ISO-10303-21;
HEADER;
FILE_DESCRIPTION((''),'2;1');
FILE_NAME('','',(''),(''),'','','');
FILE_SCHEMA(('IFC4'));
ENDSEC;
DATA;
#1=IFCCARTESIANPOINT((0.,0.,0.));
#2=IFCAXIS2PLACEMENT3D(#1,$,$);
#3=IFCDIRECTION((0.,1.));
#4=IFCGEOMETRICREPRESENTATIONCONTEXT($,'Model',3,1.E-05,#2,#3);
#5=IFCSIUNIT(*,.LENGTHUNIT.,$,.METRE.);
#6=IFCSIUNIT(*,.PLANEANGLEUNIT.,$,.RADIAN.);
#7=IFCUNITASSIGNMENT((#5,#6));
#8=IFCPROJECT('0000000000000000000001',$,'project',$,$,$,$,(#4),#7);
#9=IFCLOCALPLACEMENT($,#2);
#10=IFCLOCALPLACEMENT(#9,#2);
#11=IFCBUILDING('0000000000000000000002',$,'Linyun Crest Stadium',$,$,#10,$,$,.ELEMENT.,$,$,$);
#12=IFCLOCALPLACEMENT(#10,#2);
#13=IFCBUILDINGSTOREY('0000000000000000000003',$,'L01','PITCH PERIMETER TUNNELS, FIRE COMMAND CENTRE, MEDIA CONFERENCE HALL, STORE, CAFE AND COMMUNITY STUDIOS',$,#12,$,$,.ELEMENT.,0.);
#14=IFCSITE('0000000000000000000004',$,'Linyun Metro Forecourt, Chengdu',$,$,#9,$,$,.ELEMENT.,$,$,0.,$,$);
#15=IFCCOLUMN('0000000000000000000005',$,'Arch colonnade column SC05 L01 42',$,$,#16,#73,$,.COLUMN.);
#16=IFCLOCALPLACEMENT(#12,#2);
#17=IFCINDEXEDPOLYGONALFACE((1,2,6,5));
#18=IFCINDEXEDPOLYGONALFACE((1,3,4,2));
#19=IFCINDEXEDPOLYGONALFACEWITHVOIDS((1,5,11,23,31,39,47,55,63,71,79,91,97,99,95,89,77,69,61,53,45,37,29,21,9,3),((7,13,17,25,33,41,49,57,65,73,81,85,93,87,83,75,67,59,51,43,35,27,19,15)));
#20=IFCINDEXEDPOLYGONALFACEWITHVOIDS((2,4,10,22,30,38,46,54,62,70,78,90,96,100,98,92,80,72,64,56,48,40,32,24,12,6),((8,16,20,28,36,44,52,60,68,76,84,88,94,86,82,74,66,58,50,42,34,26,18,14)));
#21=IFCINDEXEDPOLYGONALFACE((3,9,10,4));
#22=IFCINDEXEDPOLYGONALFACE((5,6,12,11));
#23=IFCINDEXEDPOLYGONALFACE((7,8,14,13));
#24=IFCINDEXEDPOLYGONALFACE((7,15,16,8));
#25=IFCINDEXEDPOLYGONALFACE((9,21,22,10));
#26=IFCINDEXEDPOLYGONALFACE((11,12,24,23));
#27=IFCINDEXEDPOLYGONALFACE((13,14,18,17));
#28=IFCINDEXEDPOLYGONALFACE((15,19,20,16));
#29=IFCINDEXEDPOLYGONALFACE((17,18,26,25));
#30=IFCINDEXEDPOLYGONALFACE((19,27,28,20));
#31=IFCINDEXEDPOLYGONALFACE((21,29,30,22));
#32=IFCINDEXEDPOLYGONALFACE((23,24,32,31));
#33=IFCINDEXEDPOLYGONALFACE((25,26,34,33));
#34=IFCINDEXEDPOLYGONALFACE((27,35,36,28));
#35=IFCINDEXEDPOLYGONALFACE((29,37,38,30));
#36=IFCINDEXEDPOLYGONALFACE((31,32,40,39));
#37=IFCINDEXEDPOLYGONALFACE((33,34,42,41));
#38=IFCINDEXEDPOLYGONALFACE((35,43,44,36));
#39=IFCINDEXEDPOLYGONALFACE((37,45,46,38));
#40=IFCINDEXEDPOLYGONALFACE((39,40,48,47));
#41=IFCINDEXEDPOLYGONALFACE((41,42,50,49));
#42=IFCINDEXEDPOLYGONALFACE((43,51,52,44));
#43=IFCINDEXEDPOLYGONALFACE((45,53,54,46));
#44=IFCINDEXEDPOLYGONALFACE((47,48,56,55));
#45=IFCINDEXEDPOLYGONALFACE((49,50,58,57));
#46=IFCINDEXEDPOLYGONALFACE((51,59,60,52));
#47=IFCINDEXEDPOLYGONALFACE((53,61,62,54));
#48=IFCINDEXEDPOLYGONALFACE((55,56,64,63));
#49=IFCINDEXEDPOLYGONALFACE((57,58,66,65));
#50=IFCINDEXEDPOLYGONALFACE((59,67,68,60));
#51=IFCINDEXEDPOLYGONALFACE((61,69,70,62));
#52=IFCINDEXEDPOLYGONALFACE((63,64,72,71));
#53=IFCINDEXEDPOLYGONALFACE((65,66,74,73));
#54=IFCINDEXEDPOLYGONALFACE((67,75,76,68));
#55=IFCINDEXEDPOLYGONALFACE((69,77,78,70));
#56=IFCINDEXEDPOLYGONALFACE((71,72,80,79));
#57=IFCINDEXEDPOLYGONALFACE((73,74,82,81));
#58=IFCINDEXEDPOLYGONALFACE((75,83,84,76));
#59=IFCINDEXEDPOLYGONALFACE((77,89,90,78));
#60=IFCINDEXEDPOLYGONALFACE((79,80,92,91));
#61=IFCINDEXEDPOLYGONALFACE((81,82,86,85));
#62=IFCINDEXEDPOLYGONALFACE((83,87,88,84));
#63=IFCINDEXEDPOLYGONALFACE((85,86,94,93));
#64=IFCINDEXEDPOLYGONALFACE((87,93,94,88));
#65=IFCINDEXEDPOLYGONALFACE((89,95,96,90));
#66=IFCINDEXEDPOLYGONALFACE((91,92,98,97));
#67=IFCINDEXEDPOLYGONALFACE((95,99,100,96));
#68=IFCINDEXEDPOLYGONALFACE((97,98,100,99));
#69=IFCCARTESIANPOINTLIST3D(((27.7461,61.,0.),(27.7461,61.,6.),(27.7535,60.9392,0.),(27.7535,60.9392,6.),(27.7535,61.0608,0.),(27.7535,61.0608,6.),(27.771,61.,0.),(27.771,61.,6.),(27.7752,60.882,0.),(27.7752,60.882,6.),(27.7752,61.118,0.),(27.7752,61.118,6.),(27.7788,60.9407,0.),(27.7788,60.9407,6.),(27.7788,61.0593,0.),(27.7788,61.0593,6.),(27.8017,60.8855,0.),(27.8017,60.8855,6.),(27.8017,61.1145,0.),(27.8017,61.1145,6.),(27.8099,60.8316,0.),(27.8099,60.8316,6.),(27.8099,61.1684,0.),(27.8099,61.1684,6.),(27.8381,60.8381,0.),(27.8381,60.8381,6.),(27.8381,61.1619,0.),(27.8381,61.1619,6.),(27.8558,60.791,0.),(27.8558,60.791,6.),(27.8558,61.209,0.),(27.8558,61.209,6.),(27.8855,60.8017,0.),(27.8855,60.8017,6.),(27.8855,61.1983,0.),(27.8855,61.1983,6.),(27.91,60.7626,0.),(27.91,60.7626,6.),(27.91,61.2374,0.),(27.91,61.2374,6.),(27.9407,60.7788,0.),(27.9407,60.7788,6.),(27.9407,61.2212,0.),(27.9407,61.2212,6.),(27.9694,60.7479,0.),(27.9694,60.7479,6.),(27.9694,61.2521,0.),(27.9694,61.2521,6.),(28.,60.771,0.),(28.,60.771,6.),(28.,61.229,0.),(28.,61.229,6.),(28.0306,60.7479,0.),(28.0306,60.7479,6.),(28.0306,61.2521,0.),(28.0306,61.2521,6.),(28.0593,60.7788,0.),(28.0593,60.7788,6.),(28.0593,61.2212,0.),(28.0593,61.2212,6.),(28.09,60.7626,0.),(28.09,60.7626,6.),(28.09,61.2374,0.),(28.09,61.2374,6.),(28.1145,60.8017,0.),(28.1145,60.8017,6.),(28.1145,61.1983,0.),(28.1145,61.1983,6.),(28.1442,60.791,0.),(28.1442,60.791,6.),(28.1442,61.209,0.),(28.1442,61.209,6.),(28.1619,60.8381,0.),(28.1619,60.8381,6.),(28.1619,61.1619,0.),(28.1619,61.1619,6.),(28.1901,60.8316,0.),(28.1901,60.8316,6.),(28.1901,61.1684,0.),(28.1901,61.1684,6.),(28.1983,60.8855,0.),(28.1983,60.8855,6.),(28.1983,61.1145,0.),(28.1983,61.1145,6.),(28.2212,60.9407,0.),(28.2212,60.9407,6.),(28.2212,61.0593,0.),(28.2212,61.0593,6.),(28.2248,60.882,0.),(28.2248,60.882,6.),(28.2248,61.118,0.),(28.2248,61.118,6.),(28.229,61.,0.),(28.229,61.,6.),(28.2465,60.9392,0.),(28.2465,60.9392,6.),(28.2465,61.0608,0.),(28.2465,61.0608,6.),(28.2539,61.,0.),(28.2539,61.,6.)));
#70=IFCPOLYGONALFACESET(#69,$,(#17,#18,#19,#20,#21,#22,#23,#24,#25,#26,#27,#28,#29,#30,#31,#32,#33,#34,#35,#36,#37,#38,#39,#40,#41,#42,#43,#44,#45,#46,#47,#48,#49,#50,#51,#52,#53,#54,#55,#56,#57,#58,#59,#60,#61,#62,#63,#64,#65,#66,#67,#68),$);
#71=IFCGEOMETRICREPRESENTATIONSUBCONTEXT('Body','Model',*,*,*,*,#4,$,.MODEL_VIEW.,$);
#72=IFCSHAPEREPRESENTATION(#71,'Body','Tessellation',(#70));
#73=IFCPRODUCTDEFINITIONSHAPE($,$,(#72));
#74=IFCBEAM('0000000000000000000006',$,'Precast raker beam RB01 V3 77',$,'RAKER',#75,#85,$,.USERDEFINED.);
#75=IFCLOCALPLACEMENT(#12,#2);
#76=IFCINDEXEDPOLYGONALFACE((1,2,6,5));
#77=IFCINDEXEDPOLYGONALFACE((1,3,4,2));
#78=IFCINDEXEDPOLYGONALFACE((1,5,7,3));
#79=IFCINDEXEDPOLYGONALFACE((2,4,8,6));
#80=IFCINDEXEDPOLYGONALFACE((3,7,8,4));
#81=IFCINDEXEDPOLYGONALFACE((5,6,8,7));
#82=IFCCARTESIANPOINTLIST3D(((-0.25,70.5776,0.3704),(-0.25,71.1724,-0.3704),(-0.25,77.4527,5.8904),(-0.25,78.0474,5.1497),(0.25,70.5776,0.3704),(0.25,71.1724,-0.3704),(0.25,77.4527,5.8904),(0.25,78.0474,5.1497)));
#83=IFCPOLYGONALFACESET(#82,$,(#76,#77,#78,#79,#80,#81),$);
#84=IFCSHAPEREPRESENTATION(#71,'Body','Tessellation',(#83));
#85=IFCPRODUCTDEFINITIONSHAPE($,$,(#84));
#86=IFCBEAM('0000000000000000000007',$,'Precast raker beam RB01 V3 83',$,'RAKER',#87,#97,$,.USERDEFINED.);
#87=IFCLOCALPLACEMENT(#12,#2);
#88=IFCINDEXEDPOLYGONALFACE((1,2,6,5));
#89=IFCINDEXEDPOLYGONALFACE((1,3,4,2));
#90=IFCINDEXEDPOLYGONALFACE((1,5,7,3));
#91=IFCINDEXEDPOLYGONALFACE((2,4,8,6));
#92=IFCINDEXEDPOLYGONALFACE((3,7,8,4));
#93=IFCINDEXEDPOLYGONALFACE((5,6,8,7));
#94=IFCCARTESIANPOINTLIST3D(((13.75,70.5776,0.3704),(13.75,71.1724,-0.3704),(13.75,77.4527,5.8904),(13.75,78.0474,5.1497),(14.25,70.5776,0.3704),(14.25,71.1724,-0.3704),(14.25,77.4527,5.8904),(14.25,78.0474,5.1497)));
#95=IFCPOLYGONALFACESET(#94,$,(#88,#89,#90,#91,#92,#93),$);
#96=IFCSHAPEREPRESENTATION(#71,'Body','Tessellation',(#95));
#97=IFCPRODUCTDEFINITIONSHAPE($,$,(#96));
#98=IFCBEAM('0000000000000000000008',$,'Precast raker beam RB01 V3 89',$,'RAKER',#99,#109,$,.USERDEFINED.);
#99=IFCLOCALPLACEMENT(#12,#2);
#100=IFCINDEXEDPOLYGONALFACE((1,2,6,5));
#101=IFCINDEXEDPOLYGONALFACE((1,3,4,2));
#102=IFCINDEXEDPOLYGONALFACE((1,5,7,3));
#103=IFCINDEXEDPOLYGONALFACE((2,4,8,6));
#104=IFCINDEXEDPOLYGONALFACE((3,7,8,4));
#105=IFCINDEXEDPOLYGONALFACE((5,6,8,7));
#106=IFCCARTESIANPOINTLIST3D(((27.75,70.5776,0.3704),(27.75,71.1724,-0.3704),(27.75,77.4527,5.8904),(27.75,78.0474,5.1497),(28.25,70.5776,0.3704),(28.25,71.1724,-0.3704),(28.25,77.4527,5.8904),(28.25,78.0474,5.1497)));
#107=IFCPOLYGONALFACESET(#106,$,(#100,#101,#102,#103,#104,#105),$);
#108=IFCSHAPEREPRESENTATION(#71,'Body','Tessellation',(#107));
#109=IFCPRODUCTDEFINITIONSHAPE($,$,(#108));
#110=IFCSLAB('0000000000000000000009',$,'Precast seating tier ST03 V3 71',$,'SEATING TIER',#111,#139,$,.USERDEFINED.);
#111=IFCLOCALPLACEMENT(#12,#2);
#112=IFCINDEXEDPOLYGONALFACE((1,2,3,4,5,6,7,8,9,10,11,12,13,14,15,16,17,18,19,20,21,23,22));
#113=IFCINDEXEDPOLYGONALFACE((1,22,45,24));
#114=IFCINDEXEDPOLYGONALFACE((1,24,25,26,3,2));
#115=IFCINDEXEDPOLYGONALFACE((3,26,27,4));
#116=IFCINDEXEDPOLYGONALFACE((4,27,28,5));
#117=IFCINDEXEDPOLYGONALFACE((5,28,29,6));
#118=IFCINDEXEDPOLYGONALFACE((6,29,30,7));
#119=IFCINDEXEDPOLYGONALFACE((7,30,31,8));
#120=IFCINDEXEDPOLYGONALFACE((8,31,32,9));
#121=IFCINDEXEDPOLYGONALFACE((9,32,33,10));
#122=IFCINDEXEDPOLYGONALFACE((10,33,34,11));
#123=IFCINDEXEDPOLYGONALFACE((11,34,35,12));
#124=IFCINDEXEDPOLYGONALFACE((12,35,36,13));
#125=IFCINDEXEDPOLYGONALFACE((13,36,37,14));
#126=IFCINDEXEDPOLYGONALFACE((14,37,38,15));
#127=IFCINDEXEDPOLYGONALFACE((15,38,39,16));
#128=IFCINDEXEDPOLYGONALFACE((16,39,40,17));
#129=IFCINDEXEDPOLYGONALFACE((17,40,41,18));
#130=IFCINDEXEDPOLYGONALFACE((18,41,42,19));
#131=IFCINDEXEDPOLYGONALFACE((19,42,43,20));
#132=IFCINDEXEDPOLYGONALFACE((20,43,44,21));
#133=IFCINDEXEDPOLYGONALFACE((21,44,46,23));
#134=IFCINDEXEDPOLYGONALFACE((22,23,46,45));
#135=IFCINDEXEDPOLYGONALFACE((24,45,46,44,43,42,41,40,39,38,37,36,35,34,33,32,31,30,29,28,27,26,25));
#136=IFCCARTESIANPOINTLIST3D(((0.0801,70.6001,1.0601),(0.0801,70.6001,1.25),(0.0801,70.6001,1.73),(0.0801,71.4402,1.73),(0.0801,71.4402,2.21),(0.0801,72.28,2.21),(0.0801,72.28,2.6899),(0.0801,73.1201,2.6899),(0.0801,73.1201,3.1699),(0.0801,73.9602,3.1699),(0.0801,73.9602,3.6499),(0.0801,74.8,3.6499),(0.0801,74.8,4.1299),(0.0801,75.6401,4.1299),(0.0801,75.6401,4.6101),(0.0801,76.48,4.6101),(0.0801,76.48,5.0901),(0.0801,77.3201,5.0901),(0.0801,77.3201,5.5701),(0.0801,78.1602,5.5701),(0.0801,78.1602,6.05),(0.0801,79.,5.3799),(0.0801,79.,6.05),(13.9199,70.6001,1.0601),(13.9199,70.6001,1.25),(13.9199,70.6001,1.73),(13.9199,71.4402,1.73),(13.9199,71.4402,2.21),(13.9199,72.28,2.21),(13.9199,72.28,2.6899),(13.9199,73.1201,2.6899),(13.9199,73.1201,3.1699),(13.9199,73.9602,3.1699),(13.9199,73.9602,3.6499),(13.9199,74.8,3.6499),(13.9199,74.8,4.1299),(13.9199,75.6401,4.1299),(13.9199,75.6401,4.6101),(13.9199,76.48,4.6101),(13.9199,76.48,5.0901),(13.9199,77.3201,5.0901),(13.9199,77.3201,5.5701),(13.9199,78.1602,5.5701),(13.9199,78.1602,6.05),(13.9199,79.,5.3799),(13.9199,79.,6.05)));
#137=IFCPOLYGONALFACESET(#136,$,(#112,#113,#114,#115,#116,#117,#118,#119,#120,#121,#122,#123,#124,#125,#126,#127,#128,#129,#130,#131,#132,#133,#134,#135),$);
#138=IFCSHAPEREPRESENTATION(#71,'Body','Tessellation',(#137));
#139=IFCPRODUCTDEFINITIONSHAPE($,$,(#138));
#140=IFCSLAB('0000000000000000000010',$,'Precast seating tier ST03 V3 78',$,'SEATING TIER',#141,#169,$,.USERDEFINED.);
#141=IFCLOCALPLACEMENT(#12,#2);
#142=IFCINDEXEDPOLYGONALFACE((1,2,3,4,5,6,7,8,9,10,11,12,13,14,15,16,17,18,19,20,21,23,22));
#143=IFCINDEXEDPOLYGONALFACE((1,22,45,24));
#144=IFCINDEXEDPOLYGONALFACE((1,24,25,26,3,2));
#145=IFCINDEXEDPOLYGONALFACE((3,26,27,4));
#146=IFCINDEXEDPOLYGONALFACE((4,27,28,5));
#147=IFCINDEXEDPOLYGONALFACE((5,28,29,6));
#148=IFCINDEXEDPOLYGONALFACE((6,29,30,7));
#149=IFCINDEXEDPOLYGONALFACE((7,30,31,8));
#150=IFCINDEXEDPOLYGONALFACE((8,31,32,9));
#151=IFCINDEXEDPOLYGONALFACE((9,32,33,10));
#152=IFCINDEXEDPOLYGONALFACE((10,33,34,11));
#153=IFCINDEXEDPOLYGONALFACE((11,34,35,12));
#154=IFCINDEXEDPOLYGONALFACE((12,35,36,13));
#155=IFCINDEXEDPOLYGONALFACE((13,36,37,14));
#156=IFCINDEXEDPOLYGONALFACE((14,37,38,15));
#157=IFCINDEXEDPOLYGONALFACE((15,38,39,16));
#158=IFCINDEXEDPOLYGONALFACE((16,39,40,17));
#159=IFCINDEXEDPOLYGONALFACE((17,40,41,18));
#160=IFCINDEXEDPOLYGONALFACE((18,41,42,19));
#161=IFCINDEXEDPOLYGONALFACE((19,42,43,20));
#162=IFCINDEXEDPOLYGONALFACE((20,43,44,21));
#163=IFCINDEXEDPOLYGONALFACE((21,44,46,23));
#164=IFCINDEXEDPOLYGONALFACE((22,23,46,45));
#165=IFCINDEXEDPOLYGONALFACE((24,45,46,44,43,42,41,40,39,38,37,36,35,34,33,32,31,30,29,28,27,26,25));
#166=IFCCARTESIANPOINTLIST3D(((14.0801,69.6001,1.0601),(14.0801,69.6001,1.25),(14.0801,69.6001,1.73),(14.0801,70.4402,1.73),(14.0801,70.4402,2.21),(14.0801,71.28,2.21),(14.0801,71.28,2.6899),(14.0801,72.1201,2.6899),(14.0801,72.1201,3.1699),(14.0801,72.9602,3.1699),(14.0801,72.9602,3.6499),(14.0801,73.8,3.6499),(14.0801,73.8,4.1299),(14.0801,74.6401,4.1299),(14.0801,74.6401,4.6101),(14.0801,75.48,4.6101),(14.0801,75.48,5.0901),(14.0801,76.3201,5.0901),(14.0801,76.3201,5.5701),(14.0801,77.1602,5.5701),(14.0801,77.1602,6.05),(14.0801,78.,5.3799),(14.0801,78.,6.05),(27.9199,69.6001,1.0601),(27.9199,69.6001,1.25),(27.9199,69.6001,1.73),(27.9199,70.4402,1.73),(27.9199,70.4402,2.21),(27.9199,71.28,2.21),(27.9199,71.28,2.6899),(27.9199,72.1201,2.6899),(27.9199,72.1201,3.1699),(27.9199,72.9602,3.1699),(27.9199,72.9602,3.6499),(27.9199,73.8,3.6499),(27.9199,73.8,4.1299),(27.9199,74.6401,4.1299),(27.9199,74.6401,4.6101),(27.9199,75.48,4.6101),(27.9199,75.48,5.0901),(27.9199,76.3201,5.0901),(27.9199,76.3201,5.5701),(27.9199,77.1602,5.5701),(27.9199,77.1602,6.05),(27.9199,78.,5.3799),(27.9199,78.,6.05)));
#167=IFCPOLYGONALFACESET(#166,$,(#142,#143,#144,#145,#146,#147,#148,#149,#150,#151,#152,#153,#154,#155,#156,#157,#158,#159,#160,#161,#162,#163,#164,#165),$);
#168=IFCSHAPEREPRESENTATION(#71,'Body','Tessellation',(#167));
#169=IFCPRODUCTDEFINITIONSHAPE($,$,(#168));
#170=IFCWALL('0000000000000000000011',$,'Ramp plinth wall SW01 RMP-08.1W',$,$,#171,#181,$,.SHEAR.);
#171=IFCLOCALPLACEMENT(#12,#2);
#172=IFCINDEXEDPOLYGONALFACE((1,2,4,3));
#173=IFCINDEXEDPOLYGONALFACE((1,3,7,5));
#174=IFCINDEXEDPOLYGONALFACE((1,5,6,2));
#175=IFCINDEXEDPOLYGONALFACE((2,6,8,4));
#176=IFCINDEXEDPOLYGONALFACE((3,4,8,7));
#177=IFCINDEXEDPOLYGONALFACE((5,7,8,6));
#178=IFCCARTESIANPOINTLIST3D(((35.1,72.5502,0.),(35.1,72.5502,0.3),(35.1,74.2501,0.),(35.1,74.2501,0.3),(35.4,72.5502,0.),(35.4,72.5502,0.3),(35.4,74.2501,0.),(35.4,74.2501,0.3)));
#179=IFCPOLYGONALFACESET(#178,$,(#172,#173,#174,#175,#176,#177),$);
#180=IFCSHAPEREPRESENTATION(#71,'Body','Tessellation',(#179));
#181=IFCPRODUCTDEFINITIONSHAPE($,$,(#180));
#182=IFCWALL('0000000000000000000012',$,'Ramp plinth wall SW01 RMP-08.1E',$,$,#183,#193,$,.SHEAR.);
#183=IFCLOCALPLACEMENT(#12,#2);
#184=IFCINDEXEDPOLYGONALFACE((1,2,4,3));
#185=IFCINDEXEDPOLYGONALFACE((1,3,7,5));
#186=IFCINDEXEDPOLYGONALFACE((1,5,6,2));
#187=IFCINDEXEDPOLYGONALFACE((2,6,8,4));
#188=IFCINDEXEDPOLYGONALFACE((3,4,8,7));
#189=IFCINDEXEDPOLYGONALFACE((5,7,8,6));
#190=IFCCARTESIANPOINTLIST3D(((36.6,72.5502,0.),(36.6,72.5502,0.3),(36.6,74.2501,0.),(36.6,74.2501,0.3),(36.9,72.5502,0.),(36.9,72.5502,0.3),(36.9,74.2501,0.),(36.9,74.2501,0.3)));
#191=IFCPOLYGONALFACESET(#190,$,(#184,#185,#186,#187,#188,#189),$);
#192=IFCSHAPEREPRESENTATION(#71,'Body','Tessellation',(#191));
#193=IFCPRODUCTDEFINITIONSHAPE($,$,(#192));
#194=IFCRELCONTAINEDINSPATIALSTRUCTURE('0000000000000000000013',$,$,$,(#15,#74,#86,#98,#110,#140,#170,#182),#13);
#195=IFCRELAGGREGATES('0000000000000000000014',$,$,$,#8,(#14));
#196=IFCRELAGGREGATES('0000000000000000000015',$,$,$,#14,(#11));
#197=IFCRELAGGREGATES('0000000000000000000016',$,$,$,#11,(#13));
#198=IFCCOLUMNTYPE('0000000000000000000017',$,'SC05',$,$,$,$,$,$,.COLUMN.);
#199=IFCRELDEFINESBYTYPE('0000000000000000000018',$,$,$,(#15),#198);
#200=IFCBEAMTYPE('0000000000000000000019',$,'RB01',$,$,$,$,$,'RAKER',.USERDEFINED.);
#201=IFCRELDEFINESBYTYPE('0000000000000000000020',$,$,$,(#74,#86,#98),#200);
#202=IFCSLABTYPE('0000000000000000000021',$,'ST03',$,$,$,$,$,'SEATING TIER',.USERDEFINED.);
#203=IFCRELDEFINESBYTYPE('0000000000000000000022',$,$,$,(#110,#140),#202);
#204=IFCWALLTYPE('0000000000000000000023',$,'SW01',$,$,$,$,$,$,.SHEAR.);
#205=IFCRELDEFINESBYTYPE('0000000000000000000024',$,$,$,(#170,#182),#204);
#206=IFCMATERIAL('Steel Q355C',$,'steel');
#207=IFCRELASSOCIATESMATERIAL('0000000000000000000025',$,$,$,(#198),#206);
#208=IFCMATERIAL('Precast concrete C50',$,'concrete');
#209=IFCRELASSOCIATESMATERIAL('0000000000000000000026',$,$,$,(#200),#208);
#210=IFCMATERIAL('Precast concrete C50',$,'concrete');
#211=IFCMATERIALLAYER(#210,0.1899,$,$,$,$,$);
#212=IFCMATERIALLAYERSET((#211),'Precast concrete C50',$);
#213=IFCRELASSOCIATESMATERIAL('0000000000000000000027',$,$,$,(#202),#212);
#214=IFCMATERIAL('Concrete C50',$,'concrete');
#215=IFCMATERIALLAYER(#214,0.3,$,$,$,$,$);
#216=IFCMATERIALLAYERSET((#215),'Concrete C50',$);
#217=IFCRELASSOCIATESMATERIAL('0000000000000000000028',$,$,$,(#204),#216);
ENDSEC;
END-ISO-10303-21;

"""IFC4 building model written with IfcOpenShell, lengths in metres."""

from ifc_helpers import new_model, si_unit, direction, frame, frame_2d, origin, origin_2d, place, context, subcontext, project, spatial, polyline, rectangle, hollow_circle, outline, extrude, material, layer, layer_set, material_profile, profile_set, type_object, element, save


model = new_model("IFC4")

# Units and contexts
model_context = context("Model", 3, precision=1e-05, world=origin(), true_north=direction((0.0, 1.0)))
body_context = subcontext(model_context, "Body", "Model", "MODEL_VIEW")
ifc_project = project(units=[si_unit("LENGTHUNIT", "METRE"), si_unit("PLANEANGLEUNIT", "RADIAN")], contexts=[model_context])

# Site, building, storey
site_placement = place(None, origin())
site = spatial("IfcSite", under=ifc_project, at=site_placement, Name="Linyun Metro Forecourt, Chengdu", CompositionType="ELEMENT", RefElevation=0.0)
building_placement = place(site_placement, origin())
building = spatial("IfcBuilding", under=site, at=building_placement, Name="Linyun Crest Stadium", CompositionType="ELEMENT")
storey_placement = place(building_placement, origin())
storey = spatial("IfcBuildingStorey", under=building, at=storey_placement, Name="L01", Description="PITCH PERIMETER TUNNELS, FIRE COMMAND CENTRE, MEDIA CONFERENCE HALL, STORE, CAFE AND COMMUNITY STUDIOS", CompositionType="ELEMENT", Elevation=0.0)

# Column
ifc_material_1 = material(Name="Steel Q355C", Category="steel")
ifc_material_profile_1 = material_profile(ifc_material_1, hollow_circle(Radius=0.2539, WallThickness=0.0249, at=origin_2d()), Name="CHS 508x25")
ifc_profile_set_1 = profile_set([ifc_material_profile_1], Name="Steel Q355C")
column_type_1 = type_object("IfcColumnType", Name="SC05", PredefinedType="COLUMN", material=ifc_profile_set_1)
for number, where, z_axis, x_axis, name in (
    (1, (28.0, 61.0, 0.0), (0.0, 0.0, 1.0), (1.0, 0.0, 0.0), "Arch colonnade column SC05 L01 42"),
):
    element("IfcColumn", number, at=place(storey_placement, frame(where, z_axis=z_axis, x_axis=x_axis)), inside=storey, type_object=column_type_1, Name=name, PredefinedType="COLUMN", context=body_context, shape_type="SweptSolid", body=[
        extrude(hollow_circle(Radius=0.2539, WallThickness=0.0249, at=origin_2d()), origin(), (0.0, 0.0, 1.0), 6.0),
    ])

# Beams
ifc_material_2 = material(Name="Precast concrete C50", Category="concrete")
ifc_material_profile_2 = material_profile(ifc_material_2, rectangle(XDim=0.5, YDim=0.95, at=origin_2d()), Name="PCR 950x500")
ifc_profile_set_2 = profile_set([ifc_material_profile_2], Name="Precast concrete C50")
beam_type = type_object("IfcBeamType", Name="RB01", ElementType="RAKER", PredefinedType="USERDEFINED", material=ifc_profile_set_2)
for number, where, z_axis, x_axis, name in (
    (2, (0.0, 70.875, 0.0), (0.0, 0.77976, 0.626079), (-1.0, 0.0, 0.0), "Precast raker beam RB01 V3 77"),
    (3, (14.0, 70.875, 0.0), (0.0, 0.77976, 0.626079), (-1.0, 0.0, 0.0), "Precast raker beam RB01 V3 83"),
    (4, (28.0, 70.875, 0.0), (0.0, 0.77976, 0.626079), (-1.0, 0.0, 0.0), "Precast raker beam RB01 V3 89"),
):
    element("IfcBeam", number, at=place(storey_placement, frame(where, z_axis=z_axis, x_axis=x_axis)), inside=storey, type_object=beam_type, Name=name, ObjectType="RAKER", PredefinedType="USERDEFINED", context=body_context, shape_type="SweptSolid", body=[
        extrude(rectangle(XDim=0.5, YDim=0.95, at=origin_2d()), origin(), (0.0, 0.0, 1.0), 8.8169),
    ])

# Slabs
ifc_material_3 = material(Name="Precast concrete C50", Category="concrete")
ifc_layer_1 = layer(ifc_material_3, 0.1899)
ifc_layer_set_1 = layer_set([ifc_layer_1], Name="Precast concrete C50")
slab_type = type_object("IfcSlabType", Name="ST03", ElementType="SEATING TIER", PredefinedType="USERDEFINED", material=ifc_layer_set_1)
for number, where, z_axis, x_axis, name in (
    (5, (0.0801, 70.6001, 1.25), (0.0, 0.0, 1.0), (0.0, 1.0, 0.0), "Precast seating tier ST03 V3 71"),
    (6, (14.0801, 69.6001, 1.25), (0.0, 0.0, 1.0), (0.0, 1.0, 0.0), "Precast seating tier ST03 V3 78"),
):
    element("IfcSlab", number, at=place(storey_placement, frame(where, z_axis=z_axis, x_axis=x_axis)), inside=storey, type_object=slab_type, Name=name, ObjectType="SEATING TIER", PredefinedType="USERDEFINED", context=body_context, shape_type="SweptSolid", body=[
        extrude(outline(polyline([(0.0, 0.0), (0.0, 0.48), (0.8401, 0.48), (0.8401, 0.96), (1.6799, 0.96), (1.6799, 1.4399), (2.52, 1.4399), (2.52, 1.9199), (3.3601, 1.9199), (3.3601, 2.3999), (4.2, 2.3999), (4.2, 2.8799), (5.04, 2.8799), (5.04, 3.3601), (5.8799, 3.3601), (5.8799, 3.8401), (6.72, 3.8401), (6.72, 4.3201), (7.5601, 4.3201), (7.5601, 4.8), (8.3999, 4.8), (8.3999, 4.1299), (0.0, -0.1899), (0.0, 0.0)])), frame((0.0, 0.0, 0.0), z_axis=(0.0, -1.0, 0.0), x_axis=(1.0, 0.0, 0.0)), (0.0, 0.0, 1.0), 13.8398),
    ])

# Walls
ifc_material_4 = material(Name="Concrete C50", Category="concrete")
ifc_layer_2 = layer(ifc_material_4, 0.3)
ifc_layer_set_2 = layer_set([ifc_layer_2], Name="Concrete C50")
wall_type = type_object("IfcWallType", Name="SW01", PredefinedType="SHEAR", material=ifc_layer_set_2)
for number, where, z_axis, x_axis, name in (
    (7, (35.25, 72.55, 0.0), (0.0, 0.0, 1.0), (0.0, 1.0, 0.0), "Ramp plinth wall SW01 RMP-08.1W"),
    (8, (36.75, 72.55, 0.0), (0.0, 0.0, 1.0), (0.0, 1.0, 0.0), "Ramp plinth wall SW01 RMP-08.1E"),
):
    element("IfcWall", number, at=place(storey_placement, frame(where, z_axis=z_axis, x_axis=x_axis)), inside=storey, type_object=wall_type, Name=name, PredefinedType="SHEAR", context=body_context, shape_type="SweptSolid", body=[
        extrude(rectangle(XDim=1.7, YDim=0.3, at=frame_2d((0.8501, 0.0))), origin(), (0.0, 0.0, 1.0), 0.3),
    ])

save(model, "model.ifc")
